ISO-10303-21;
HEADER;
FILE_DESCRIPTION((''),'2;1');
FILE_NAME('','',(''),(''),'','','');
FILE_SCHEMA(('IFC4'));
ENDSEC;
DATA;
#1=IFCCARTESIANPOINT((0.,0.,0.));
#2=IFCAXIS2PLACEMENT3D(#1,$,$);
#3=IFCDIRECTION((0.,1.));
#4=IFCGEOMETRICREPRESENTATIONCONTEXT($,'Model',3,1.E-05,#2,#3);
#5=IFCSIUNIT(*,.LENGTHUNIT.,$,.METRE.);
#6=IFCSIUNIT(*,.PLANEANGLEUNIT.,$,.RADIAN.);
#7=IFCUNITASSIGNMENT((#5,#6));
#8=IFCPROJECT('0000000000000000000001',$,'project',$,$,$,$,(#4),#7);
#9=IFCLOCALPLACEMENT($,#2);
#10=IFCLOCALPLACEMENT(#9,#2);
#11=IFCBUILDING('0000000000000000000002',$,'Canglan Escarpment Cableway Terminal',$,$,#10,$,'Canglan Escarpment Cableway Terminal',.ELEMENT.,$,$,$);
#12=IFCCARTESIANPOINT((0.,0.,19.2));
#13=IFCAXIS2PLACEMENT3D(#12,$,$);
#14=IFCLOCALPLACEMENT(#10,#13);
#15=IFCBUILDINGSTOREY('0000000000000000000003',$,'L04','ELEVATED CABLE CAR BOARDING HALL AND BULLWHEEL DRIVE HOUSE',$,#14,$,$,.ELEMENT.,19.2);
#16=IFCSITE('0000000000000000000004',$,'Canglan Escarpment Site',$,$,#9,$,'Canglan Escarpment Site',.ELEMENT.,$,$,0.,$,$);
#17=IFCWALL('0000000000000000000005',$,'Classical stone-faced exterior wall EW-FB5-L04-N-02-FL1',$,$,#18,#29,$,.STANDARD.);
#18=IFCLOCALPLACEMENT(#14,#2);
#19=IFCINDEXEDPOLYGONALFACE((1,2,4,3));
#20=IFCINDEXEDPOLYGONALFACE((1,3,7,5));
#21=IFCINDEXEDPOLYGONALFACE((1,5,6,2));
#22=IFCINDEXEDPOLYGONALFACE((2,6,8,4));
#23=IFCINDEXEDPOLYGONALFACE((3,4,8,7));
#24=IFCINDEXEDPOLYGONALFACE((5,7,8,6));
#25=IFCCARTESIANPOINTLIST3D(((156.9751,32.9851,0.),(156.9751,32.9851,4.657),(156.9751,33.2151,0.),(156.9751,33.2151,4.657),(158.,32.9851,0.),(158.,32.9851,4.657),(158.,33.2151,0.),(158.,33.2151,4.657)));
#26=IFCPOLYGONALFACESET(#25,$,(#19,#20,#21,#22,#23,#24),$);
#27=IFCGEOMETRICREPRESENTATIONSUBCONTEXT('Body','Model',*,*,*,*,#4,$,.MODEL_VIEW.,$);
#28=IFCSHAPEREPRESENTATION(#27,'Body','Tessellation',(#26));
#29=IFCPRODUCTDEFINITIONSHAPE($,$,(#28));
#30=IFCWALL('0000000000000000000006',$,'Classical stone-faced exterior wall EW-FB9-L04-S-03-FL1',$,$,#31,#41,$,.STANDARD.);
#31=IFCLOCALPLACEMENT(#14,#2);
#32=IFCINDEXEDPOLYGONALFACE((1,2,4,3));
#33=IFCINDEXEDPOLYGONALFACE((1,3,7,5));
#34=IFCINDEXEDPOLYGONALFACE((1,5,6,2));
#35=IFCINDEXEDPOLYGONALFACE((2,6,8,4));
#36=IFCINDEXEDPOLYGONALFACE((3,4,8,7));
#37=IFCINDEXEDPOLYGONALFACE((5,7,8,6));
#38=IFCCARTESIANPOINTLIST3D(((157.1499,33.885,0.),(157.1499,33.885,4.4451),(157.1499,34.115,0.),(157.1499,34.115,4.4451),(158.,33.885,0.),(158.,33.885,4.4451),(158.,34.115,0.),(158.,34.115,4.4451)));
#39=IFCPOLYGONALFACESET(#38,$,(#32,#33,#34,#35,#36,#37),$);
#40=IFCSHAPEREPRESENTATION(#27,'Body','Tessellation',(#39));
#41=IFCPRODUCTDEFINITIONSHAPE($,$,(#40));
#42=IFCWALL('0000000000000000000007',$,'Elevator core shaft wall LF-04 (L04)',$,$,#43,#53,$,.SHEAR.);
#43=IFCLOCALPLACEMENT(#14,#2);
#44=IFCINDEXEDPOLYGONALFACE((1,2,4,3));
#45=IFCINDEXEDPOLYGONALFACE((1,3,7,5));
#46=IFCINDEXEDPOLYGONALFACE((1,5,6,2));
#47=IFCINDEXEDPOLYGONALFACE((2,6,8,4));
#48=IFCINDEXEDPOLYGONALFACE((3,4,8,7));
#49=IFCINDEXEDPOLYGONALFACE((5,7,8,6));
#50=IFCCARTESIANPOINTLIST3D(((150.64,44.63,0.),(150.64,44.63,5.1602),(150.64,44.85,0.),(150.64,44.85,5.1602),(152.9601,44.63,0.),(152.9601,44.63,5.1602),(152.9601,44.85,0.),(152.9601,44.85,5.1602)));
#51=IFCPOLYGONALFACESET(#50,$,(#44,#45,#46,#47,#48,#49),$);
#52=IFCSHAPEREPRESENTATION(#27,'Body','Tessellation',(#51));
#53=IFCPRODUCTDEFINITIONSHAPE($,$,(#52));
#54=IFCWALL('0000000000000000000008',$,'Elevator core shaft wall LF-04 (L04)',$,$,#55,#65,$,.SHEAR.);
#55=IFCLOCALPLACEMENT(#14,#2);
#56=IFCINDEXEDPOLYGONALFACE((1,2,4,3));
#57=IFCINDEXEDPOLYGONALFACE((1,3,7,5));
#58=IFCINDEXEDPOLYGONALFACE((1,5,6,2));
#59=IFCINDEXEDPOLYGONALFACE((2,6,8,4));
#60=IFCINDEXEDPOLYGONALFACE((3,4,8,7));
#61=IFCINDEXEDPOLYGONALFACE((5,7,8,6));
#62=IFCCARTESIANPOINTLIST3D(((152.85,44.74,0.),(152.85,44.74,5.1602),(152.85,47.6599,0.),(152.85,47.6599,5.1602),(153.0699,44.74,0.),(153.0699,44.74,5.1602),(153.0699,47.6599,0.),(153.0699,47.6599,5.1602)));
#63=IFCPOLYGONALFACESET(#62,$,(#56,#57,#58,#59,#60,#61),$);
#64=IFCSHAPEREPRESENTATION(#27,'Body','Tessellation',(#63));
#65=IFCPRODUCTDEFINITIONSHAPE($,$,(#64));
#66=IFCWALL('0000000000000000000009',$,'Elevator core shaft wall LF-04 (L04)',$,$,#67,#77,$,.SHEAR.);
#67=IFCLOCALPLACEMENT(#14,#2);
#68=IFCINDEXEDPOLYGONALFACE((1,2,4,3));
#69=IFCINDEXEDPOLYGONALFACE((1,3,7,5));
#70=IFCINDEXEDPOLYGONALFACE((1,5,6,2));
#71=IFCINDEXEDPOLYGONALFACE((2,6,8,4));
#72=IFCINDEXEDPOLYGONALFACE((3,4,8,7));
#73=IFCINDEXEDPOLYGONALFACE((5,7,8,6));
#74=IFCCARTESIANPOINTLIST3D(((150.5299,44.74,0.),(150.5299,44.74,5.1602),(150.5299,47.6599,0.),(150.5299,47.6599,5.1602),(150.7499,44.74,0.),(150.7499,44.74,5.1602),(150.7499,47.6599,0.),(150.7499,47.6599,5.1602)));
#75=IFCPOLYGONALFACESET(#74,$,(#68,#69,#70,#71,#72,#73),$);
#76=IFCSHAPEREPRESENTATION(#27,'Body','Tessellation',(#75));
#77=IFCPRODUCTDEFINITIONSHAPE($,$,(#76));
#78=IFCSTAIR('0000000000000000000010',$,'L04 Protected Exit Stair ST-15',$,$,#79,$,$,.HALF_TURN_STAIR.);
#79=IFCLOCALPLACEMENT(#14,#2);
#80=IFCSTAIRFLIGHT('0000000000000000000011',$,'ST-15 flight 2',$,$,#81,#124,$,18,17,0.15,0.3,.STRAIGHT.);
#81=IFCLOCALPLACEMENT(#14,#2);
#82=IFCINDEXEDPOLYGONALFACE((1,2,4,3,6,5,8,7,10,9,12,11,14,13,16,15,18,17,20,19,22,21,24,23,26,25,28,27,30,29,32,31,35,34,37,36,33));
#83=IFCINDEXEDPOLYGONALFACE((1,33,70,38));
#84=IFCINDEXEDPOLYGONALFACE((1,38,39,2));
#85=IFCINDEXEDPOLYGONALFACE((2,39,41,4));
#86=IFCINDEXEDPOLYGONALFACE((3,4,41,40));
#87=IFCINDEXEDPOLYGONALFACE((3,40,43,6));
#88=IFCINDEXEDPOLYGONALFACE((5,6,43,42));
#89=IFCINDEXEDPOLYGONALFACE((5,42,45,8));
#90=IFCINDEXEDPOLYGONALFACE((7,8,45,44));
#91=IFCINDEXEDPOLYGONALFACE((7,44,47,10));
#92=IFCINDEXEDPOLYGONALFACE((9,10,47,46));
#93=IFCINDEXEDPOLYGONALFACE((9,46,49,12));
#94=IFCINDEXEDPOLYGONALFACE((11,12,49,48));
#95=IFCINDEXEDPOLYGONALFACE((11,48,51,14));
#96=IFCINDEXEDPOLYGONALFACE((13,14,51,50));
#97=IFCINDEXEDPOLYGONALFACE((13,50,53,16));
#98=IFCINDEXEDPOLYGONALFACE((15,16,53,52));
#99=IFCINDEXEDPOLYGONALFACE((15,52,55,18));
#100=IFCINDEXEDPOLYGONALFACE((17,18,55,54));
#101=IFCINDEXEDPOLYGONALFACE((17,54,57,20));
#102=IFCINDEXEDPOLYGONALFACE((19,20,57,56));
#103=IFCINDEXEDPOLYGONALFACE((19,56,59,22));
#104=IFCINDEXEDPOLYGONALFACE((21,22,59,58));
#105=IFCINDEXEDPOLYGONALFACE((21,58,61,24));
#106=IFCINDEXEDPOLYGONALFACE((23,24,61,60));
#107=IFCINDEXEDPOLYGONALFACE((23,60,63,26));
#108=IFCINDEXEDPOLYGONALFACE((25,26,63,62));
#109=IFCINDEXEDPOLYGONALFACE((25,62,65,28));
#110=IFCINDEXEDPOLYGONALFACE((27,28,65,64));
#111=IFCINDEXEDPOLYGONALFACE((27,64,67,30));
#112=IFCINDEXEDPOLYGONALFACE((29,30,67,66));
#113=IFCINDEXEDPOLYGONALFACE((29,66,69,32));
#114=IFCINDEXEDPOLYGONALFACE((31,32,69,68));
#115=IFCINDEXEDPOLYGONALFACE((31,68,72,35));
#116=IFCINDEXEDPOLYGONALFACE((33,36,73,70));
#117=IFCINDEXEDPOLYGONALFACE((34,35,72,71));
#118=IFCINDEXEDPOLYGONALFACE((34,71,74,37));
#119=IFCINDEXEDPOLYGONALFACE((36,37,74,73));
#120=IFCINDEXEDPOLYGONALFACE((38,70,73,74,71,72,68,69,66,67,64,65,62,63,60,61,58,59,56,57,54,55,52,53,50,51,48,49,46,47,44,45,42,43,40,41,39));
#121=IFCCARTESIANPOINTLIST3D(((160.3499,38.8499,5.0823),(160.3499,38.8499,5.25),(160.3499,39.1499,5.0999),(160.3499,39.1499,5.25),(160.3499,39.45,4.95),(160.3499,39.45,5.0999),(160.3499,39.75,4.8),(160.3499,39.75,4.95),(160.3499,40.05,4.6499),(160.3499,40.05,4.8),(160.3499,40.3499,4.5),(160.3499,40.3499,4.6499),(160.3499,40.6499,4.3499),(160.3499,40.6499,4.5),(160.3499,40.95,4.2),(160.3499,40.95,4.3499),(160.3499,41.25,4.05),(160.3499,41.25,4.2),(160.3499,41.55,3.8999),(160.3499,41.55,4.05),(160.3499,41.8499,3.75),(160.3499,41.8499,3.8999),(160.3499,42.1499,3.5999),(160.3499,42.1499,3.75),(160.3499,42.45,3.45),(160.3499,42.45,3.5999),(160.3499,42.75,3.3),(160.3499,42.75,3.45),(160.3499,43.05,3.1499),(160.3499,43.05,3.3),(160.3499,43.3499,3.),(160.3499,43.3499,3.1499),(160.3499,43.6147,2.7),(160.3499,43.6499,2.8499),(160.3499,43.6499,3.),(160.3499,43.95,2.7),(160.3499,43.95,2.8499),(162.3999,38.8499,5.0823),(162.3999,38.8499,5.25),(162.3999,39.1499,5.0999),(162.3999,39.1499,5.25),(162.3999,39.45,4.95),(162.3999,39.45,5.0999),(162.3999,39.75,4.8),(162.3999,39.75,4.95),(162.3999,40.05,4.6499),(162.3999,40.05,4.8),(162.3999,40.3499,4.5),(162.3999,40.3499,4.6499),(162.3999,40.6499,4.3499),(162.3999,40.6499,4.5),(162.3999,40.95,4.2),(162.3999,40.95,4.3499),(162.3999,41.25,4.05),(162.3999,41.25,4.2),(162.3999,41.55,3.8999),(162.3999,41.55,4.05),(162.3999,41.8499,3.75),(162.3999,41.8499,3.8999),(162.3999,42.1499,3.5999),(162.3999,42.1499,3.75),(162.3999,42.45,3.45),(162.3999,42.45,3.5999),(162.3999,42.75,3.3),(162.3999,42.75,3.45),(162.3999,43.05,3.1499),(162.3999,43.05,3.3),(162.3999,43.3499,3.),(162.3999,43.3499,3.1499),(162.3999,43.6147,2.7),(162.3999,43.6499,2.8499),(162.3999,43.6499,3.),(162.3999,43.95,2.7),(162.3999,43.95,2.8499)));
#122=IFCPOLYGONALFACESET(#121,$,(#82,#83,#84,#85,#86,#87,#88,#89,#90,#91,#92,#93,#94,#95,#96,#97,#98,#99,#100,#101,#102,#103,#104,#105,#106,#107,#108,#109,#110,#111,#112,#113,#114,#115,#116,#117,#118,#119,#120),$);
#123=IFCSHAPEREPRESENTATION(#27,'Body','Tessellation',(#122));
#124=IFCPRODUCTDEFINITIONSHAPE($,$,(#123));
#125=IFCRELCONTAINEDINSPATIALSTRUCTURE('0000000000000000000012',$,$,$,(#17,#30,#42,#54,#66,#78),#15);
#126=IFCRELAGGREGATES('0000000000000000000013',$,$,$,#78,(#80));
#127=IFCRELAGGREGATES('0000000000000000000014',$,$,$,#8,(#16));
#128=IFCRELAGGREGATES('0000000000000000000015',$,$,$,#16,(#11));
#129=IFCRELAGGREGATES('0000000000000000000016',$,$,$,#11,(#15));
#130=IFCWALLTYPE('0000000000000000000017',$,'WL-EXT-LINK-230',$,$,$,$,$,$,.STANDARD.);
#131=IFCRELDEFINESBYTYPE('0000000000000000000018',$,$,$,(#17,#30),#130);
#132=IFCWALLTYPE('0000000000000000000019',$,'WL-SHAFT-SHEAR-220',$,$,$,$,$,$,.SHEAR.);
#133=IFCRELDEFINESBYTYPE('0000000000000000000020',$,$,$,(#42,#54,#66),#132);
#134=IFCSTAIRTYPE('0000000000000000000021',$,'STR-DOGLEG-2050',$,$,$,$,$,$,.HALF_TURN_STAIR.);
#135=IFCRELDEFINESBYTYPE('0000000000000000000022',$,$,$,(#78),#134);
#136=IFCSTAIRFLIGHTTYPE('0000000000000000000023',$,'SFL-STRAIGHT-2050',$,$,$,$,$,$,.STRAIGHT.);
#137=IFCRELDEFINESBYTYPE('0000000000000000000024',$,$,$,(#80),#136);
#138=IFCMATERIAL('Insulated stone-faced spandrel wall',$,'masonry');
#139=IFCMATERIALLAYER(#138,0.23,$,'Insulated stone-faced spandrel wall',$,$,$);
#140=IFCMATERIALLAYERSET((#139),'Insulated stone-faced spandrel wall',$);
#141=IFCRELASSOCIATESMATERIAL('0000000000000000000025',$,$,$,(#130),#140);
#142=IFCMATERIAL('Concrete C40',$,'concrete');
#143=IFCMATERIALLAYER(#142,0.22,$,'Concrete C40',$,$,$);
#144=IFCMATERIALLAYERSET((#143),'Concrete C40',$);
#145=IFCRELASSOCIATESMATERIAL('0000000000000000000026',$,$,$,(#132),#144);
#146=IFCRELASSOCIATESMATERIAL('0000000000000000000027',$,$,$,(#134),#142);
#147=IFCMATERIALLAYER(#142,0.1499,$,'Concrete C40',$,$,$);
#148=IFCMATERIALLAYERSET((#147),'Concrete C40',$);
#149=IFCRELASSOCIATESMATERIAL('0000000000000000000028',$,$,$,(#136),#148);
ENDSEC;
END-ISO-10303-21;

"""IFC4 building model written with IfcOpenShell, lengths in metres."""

from ifc_helpers import new_model, si_unit, direction, frame, frame_2d, origin, place, context, subcontext, project, spatial, polyline, rectangle, outline, extrude, material, layer, layer_set, type_object, element, aggregate, save


model = new_model("IFC4")

# Units and contexts
model_context = context("Model", 3, precision=1e-05, world=origin(), true_north=direction((0.0, 1.0)))
body_context = subcontext(model_context, "Body", "Model", "MODEL_VIEW")
ifc_project = project(units=[si_unit("LENGTHUNIT", "METRE"), si_unit("PLANEANGLEUNIT", "RADIAN")], contexts=[model_context])

# Site, building, storey
site_placement = place(None, origin())
site = spatial("IfcSite", under=ifc_project, at=site_placement, Name="Canglan Escarpment Site", LongName="Canglan Escarpment Site", CompositionType="ELEMENT", RefElevation=0.0)
building_placement = place(site_placement, origin())
building = spatial("IfcBuilding", under=site, at=building_placement, Name="Canglan Escarpment Cableway Terminal", LongName="Canglan Escarpment Cableway Terminal", CompositionType="ELEMENT")
storey_placement = place(building_placement, frame((0.0, 0.0, 19.2)))
storey = spatial("IfcBuildingStorey", under=building, at=storey_placement, Name="L04", Description="ELEVATED CABLE CAR BOARDING HALL AND BULLWHEEL DRIVE HOUSE", CompositionType="ELEMENT", Elevation=19.2)

# Shared definitions
ifc_material_1 = material(Name="Concrete C40", Category="concrete")

# Walls
ifc_material_2 = material(Name="Insulated stone-faced spandrel wall", Category="masonry")
ifc_layer_1 = layer(ifc_material_2, 0.23, Name="Insulated stone-faced spandrel wall")
ifc_layer_set_1 = layer_set([ifc_layer_1], Name="Insulated stone-faced spandrel wall")
wall_type_1 = type_object("IfcWallType", Name="WL-EXT-LINK-230", PredefinedType="STANDARD", material=ifc_layer_set_1)
wall_1_placement = place(storey_placement, frame((156.9751, 33.1001, 0.0), z_axis=(0.0, 0.0, 1.0), x_axis=(1.0, 0.0, 0.0)))
element("IfcWall", 1, at=wall_1_placement, inside=storey, type_object=wall_type_1, Name="Classical stone-faced exterior wall EW-FB5-L04-N-02-FL1", PredefinedType="STANDARD", context=body_context, shape_type="SweptSolid", body=[
    extrude(rectangle(XDim=1.0249, YDim=0.23, at=frame_2d((0.5125, 0.0))), origin(), (0.0, 0.0, 1.0), 4.657),
])
wall_2_placement = place(storey_placement, frame((157.1499, 34.0, 0.0), z_axis=(0.0, 0.0, 1.0), x_axis=(1.0, 0.0, 0.0)))
element("IfcWall", 2, at=wall_2_placement, inside=storey, type_object=wall_type_1, Name="Classical stone-faced exterior wall EW-FB9-L04-S-03-FL1", PredefinedType="STANDARD", context=body_context, shape_type="SweptSolid", body=[
    extrude(rectangle(XDim=0.8501, YDim=0.23, at=frame_2d((0.425, 0.0))), origin(), (0.0, 0.0, 1.0), 4.4451),
])
ifc_layer_2 = layer(ifc_material_1, 0.22, Name="Concrete C40")
ifc_layer_set_2 = layer_set([ifc_layer_2], Name="Concrete C40")
wall_type_2 = type_object("IfcWallType", Name="WL-SHAFT-SHEAR-220", PredefinedType="SHEAR", material=ifc_layer_set_2)
wall_3_placement = place(storey_placement, frame((150.6399, 44.74, 0.0), z_axis=(0.0, 0.0, 1.0), x_axis=(1.0, 0.0, 0.0)))
element("IfcWall", 3, at=wall_3_placement, inside=storey, type_object=wall_type_2, Name="Elevator core shaft wall LF-04 (L04)", PredefinedType="SHEAR", context=body_context, shape_type="SweptSolid", body=[
    extrude(rectangle(XDim=2.3201, YDim=0.22, at=frame_2d((1.1602, 0.0))), origin(), (0.0, 0.0, 1.0), 5.1602),
])
wall_4_placement = place(storey_placement, frame((152.96, 44.74, 0.0), z_axis=(0.0, 0.0, 1.0), x_axis=(0.0, 1.0, 0.0)))
element("IfcWall", 4, at=wall_4_placement, inside=storey, type_object=wall_type_2, Name="Elevator core shaft wall LF-04 (L04)", PredefinedType="SHEAR", context=body_context, shape_type="SweptSolid", body=[
    extrude(rectangle(XDim=2.9199, YDim=0.22, at=frame_2d((1.46, 0.0))), origin(), (0.0, 0.0, 1.0), 5.1602),
])

# Wall
wall_5_placement = place(storey_placement, frame((150.6399, 47.6599, 0.0), z_axis=(0.0, 0.0, 1.0), x_axis=(0.0, -1.0, 0.0)))
element("IfcWall", 5, at=wall_5_placement, inside=storey, type_object=wall_type_2, Name="Elevator core shaft wall LF-04 (L04)", PredefinedType="SHEAR", context=body_context, shape_type="SweptSolid", body=[
    extrude(rectangle(XDim=2.9199, YDim=0.22, at=frame_2d((1.46, 0.0))), origin(), (0.0, 0.0, 1.0), 5.1602),
])

# Stair, stair flight
stair_type = type_object("IfcStairType", Name="STR-DOGLEG-2050", PredefinedType="HALF_TURN_STAIR", material=ifc_material_1)
stair_placement = place(storey_placement, origin())
stair = element("IfcStair", 6, at=stair_placement, inside=storey, type_object=stair_type, Name="L04 Protected Exit Stair ST-15", PredefinedType="HALF_TURN_STAIR")
ifc_layer_3 = layer(ifc_material_1, 0.1499, Name="Concrete C40")
ifc_layer_set_3 = layer_set([ifc_layer_3], Name="Concrete C40")
stair_flight_type = type_object("IfcStairFlightType", Name="SFL-STRAIGHT-2050", PredefinedType="STRAIGHT", material=ifc_layer_set_3)
stair_flight_placement = place(storey_placement, frame((161.375, 43.95, 2.7), z_axis=(0.0, 0.0, 1.0), x_axis=(0.0, -1.0, 0.0)))
stair_flight = element("IfcStairFlight", 7, at=stair_flight_placement, type_object=stair_flight_type, Name="ST-15 flight 2", NumberOfRisers=18, NumberOfTreads=17, PredefinedType="STRAIGHT", RiserHeight=0.15, TreadLength=0.3, context=body_context, shape_type="SweptSolid", body=[
    extrude(outline(polyline([(0.0, 0.0), (0.0, 0.1499), (0.3, 0.1499), (0.3, 0.3), (0.6001, 0.3), (0.6001, 0.45), (0.8999, 0.45), (0.8999, 0.6001), (1.2, 0.6001), (1.2, 0.75), (1.5, 0.75), (1.5, 0.8999), (1.8, 0.8999), (1.8, 1.05), (2.1001, 1.05), (2.1001, 1.2), (2.3999, 1.2), (2.3999, 1.3501), (2.7, 1.3501), (2.7, 1.5), (3.0, 1.5), (3.0, 1.6499), (3.3, 1.6499), (3.3, 1.8), (3.6001, 1.8), (3.6001, 1.95), (3.8999, 1.95), (3.8999, 2.1001), (4.2, 2.1001), (4.2, 2.25), (4.5, 2.25), (4.5, 2.3999), (4.8, 2.3999), (4.8, 2.55), (5.1001, 2.55), (5.1001, 2.7), (5.1001, 2.3823), (0.3352, 0.0), (0.0, 0.0)])), frame((0.0, 1.0249, 0.0), z_axis=(0.0, -1.0, 0.0), x_axis=(1.0, 0.0, 0.0)), (0.0, 0.0, 1.0), 2.05),
])
aggregate(stair, [stair_flight])

save(model, "model.ifc")
